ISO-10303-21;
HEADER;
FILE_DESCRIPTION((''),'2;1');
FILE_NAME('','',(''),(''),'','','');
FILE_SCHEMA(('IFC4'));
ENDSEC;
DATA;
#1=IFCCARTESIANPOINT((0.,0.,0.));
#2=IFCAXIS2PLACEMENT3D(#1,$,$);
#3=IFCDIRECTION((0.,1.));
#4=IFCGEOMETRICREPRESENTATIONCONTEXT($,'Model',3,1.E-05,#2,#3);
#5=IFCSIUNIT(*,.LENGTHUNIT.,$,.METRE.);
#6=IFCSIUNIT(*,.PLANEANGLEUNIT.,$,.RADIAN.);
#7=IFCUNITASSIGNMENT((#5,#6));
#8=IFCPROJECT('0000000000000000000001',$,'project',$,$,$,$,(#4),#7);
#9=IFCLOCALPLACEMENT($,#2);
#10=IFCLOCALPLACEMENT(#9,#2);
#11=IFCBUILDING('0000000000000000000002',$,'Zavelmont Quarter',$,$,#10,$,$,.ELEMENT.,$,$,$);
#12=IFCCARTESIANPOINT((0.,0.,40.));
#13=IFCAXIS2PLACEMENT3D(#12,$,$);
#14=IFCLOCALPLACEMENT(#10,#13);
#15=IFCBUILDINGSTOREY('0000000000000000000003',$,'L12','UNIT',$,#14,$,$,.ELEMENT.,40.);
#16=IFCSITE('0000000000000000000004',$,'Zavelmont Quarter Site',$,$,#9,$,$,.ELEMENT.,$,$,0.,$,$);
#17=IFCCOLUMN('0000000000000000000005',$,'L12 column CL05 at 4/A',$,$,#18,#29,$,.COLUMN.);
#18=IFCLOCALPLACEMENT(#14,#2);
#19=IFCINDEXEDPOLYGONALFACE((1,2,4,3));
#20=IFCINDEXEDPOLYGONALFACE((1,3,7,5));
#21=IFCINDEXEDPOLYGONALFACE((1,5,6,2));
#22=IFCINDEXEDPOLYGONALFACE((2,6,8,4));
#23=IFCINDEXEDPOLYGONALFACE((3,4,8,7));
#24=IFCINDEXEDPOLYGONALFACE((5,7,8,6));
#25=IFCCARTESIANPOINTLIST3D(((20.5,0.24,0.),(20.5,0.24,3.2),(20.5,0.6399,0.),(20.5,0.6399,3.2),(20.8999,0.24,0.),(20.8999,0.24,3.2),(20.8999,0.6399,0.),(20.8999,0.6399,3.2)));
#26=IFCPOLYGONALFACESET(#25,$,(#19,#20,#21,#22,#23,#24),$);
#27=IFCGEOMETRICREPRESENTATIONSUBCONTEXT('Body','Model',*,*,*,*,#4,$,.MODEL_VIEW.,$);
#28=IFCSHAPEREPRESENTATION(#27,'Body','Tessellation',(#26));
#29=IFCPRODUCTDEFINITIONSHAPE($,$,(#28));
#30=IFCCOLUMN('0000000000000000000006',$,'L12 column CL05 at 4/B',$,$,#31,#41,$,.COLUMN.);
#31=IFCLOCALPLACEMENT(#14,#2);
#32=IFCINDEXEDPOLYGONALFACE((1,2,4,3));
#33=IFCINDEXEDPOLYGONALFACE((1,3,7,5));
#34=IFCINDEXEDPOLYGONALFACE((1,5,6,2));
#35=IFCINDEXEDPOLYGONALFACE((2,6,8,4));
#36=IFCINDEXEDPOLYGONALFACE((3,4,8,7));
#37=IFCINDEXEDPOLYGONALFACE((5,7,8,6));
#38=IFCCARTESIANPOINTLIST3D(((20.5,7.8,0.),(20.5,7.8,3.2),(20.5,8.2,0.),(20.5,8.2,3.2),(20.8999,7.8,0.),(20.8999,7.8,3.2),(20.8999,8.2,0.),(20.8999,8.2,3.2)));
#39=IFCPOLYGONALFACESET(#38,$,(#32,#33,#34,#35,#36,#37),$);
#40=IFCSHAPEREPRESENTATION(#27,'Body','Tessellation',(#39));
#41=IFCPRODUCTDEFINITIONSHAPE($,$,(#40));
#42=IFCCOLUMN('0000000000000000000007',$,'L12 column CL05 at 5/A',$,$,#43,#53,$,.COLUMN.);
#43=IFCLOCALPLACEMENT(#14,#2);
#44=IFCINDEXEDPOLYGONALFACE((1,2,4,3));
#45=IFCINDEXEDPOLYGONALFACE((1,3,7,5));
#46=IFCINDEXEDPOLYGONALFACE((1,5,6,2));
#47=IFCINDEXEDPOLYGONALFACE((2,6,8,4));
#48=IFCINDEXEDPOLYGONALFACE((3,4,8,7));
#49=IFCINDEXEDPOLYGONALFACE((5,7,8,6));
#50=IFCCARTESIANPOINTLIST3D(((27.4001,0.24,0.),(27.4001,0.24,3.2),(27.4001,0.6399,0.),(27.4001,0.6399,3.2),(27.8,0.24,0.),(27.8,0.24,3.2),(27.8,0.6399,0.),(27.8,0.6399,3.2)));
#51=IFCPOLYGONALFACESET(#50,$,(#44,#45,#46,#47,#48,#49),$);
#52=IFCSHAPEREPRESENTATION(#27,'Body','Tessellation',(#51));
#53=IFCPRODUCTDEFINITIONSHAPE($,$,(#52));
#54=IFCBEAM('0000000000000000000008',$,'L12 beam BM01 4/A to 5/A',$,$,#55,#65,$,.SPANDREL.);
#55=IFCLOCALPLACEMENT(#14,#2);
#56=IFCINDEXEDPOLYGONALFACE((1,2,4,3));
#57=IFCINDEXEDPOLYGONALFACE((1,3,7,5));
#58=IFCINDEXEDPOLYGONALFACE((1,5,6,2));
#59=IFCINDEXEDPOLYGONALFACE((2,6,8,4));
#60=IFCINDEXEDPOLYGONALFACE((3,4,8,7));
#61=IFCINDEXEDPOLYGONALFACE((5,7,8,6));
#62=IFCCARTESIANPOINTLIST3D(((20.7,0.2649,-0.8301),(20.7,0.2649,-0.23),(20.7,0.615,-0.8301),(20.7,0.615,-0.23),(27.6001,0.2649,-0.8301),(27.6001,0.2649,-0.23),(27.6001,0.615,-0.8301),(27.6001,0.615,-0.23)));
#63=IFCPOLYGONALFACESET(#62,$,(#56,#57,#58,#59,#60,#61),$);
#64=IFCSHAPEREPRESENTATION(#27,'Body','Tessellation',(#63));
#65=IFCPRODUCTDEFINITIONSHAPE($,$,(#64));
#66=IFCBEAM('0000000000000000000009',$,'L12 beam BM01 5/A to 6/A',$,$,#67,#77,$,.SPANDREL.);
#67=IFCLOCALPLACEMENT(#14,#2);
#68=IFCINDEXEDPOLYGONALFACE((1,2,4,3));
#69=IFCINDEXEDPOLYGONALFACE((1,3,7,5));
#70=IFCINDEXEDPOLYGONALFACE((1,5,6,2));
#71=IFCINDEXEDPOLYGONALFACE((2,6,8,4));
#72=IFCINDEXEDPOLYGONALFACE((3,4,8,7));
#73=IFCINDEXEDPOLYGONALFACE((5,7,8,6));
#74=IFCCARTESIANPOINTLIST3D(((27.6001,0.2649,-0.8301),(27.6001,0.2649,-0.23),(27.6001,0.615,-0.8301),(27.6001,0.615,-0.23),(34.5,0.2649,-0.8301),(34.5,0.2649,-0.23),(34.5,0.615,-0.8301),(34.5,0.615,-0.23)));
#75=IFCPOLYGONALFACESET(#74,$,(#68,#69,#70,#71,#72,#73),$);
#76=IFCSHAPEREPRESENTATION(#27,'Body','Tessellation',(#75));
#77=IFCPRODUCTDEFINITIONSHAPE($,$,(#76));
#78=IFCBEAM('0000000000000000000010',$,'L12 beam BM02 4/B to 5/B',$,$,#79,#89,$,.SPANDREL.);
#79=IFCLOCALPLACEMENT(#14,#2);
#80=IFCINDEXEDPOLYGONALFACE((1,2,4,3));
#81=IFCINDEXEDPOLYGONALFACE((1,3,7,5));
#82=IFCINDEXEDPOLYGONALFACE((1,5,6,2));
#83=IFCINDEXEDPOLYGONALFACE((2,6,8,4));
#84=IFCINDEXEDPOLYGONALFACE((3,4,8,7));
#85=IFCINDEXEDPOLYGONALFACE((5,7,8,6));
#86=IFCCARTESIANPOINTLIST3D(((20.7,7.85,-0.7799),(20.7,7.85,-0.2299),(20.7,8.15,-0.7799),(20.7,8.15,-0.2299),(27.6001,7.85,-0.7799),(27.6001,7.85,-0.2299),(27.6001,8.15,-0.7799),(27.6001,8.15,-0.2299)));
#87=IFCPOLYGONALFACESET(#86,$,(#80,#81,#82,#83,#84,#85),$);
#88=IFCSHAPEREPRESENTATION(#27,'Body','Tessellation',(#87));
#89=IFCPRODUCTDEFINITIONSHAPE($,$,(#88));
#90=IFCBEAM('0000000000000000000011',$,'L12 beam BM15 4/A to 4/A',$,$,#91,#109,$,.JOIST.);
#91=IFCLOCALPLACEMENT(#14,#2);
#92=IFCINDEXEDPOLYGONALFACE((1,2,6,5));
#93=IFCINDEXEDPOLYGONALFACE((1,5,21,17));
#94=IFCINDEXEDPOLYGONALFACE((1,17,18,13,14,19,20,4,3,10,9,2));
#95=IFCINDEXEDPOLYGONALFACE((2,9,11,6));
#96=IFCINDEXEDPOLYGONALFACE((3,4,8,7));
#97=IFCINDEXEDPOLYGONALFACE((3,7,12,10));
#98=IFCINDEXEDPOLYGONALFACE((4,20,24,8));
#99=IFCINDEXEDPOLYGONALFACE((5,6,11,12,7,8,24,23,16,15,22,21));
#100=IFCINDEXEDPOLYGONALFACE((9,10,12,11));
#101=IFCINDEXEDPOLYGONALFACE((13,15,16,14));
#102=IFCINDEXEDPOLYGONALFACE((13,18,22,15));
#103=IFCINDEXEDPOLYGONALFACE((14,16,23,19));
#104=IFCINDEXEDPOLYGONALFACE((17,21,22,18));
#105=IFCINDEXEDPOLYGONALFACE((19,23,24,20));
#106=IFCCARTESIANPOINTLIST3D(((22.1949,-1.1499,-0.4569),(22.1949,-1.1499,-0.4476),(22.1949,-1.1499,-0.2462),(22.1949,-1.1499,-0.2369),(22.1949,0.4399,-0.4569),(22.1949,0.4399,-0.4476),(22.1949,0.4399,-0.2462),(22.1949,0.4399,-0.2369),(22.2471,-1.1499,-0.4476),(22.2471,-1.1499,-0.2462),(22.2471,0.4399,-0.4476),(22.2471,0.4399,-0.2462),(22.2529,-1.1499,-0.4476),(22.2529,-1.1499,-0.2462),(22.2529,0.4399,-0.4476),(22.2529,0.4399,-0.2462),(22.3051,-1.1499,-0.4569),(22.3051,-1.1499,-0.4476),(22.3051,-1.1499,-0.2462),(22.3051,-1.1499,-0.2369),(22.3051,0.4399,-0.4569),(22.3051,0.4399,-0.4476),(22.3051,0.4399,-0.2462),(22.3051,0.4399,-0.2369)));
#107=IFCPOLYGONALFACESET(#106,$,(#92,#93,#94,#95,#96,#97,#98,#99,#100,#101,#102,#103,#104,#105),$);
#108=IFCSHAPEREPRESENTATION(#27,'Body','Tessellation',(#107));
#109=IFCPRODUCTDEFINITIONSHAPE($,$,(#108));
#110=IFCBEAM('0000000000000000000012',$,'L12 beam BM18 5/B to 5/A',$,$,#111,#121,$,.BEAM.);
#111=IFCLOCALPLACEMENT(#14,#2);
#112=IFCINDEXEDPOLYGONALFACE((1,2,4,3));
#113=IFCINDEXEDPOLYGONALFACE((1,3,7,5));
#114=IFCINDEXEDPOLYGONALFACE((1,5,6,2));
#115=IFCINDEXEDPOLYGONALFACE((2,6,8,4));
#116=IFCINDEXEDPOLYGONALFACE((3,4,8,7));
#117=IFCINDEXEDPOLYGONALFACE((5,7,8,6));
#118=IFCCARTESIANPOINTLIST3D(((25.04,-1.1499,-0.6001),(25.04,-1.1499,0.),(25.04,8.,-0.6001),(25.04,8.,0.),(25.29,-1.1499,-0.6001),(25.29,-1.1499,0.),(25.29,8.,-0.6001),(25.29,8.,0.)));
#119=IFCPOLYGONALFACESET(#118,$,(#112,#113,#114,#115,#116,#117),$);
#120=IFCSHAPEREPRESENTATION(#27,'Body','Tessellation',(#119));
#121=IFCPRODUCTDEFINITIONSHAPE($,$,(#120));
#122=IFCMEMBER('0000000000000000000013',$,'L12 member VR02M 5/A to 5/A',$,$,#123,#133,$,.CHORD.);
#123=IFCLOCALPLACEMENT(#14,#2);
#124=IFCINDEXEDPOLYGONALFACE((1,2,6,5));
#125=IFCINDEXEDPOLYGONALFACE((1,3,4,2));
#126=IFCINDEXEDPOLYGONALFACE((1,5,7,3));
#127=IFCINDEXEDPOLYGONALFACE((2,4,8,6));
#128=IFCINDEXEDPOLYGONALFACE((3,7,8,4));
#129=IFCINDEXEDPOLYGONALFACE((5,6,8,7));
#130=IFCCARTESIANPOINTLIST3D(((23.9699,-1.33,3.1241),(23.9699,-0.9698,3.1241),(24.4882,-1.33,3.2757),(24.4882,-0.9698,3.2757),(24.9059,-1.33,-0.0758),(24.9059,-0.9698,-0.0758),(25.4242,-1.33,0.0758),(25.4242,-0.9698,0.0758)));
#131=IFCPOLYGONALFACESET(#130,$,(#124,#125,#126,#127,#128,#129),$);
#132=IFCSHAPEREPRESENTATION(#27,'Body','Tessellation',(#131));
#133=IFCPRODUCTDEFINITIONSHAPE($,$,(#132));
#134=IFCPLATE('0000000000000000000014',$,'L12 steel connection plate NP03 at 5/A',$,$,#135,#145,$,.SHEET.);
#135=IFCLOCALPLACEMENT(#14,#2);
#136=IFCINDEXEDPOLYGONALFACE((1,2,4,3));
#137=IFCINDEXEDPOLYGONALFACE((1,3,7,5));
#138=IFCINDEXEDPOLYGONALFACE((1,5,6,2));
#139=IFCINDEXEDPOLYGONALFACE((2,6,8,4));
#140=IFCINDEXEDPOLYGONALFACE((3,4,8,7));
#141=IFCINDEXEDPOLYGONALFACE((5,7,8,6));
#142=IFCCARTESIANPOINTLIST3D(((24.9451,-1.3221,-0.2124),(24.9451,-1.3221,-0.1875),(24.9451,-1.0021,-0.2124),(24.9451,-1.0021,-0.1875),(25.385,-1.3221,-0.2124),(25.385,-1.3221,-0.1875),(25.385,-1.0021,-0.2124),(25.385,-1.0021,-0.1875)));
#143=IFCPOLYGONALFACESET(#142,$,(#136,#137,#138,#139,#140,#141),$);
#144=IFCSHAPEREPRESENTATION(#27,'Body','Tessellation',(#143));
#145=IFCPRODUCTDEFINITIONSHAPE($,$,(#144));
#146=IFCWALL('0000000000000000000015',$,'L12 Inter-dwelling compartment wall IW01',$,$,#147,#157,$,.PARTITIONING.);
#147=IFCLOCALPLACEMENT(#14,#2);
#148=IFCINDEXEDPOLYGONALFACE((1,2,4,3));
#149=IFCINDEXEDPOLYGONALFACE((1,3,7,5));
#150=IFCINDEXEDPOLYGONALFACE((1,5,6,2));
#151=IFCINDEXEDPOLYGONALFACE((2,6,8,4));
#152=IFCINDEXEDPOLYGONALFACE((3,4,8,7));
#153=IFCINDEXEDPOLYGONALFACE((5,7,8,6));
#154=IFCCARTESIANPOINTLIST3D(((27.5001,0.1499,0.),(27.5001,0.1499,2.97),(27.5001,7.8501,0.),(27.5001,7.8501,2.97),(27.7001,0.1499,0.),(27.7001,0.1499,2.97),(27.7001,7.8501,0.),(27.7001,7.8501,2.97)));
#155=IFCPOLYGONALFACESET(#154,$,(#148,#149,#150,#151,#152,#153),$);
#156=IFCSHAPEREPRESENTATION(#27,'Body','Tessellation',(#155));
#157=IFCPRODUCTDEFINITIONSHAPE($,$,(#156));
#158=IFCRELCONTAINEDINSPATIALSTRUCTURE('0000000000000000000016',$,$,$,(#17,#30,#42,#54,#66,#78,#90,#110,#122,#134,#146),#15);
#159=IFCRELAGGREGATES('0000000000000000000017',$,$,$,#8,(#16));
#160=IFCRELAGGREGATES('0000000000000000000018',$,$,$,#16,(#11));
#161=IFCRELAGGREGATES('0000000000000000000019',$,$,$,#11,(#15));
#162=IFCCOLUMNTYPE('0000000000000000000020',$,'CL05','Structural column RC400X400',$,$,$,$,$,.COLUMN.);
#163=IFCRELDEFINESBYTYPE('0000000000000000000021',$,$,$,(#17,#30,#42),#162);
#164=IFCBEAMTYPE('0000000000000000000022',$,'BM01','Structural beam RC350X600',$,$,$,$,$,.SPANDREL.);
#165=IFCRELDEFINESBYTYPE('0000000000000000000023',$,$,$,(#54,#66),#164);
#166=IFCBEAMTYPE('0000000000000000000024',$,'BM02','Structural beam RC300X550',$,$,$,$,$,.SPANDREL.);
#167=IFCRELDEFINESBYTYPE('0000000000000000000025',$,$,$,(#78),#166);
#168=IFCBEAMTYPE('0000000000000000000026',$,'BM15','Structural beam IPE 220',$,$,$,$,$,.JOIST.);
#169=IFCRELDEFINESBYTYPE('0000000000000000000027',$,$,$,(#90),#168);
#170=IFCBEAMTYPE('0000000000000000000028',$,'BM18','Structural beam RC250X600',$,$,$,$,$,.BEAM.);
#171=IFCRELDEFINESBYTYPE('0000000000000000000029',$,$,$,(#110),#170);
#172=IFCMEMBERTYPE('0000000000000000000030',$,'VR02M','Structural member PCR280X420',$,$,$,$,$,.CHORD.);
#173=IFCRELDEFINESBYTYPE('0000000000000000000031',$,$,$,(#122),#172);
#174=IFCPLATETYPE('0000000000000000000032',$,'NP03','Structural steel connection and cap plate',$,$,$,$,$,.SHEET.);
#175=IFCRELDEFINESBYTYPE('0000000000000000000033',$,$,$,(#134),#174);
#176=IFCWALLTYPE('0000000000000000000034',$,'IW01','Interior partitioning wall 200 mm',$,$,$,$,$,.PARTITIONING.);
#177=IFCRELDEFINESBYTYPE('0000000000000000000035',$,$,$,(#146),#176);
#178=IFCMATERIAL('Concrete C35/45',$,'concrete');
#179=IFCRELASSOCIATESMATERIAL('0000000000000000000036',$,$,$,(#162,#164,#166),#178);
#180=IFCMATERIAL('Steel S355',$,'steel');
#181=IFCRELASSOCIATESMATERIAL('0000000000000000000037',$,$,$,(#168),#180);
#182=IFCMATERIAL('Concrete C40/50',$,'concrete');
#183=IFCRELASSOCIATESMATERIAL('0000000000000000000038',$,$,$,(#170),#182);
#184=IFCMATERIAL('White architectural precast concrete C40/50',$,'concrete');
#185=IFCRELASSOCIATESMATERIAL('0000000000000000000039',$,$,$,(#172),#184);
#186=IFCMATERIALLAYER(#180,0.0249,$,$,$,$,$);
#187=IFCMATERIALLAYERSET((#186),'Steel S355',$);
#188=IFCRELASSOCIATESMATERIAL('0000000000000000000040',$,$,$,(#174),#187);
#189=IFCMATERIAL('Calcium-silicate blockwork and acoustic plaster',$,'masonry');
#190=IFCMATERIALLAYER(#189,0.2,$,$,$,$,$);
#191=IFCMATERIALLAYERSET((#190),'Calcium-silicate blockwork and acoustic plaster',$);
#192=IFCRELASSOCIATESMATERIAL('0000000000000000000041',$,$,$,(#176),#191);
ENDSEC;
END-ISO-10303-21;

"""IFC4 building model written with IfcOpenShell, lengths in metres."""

from ifc_helpers import new_model, si_unit, direction, frame, frame_2d, origin, origin_2d, place, context, subcontext, project, spatial, rectangle, i_section, extrude, material, layer, layer_set, material_profile, profile_set, type_object, element, save


model = new_model("IFC4")

# Units and contexts
model_context = context("Model", 3, precision=1e-05, world=origin(), true_north=direction((0.0, 1.0)))
body_context = subcontext(model_context, "Body", "Model", "MODEL_VIEW")
ifc_project = project(units=[si_unit("LENGTHUNIT", "METRE"), si_unit("PLANEANGLEUNIT", "RADIAN")], contexts=[model_context])

# Site, building, storey
site_placement = place(None, origin())
site = spatial("IfcSite", under=ifc_project, at=site_placement, Name="Zavelmont Quarter Site", CompositionType="ELEMENT", RefElevation=0.0)
building_placement = place(site_placement, origin())
building = spatial("IfcBuilding", under=site, at=building_placement, Name="Zavelmont Quarter", CompositionType="ELEMENT")
storey_placement = place(building_placement, frame((0.0, 0.0, 40.0)))
storey = spatial("IfcBuildingStorey", under=building, at=storey_placement, Name="L12", Description="UNIT", CompositionType="ELEMENT", Elevation=40.0)

# Columns
ifc_material_1 = material(Name="Concrete C35/45", Category="concrete")
ifc_material_profile_1 = material_profile(ifc_material_1, rectangle(XDim=0.3999, YDim=0.3999, at=origin_2d()), Name="RC400X400")
ifc_profile_set_1 = profile_set([ifc_material_profile_1], Name="Concrete C35/45")
column_type = type_object("IfcColumnType", Name="CL05", Description="Structural column RC400X400", PredefinedType="COLUMN", material=ifc_profile_set_1)
for number, where, z_axis, x_axis, name in (
    (1, (20.7, 0.4399, 0.0), (0.0, 0.0, 1.0), (1.0, 0.0, 0.0), "L12 column CL05 at 4/A"),
    (2, (20.7, 8.0, 0.0), (0.0, 0.0, 1.0), (1.0, 0.0, 0.0), "L12 column CL05 at 4/B"),
    (3, (27.6001, 0.4399, 0.0), (0.0, 0.0, 1.0), (1.0, 0.0, 0.0), "L12 column CL05 at 5/A"),
):
    element("IfcColumn", number, at=place(storey_placement, frame(where, z_axis=z_axis, x_axis=x_axis)), inside=storey, type_object=column_type, Name=name, PredefinedType="COLUMN", context=body_context, shape_type="SweptSolid", body=[
        extrude(rectangle(XDim=0.3999, YDim=0.3999, at=origin_2d()), origin(), (0.0, 0.0, 1.0), 3.2),
    ])

# Beams
ifc_material_profile_2 = material_profile(ifc_material_1, rectangle(XDim=0.3501, YDim=0.6001, at=origin_2d()), Name="RC350X600")
ifc_profile_set_2 = profile_set([ifc_material_profile_2], Name="Concrete C35/45")
beam_type_1 = type_object("IfcBeamType", Name="BM01", Description="Structural beam RC350X600", PredefinedType="SPANDREL", material=ifc_profile_set_2)
beam_1_placement = place(storey_placement, frame((20.7, 0.4399, -0.53), z_axis=(1.0, 0.0, 0.0), x_axis=(0.0, 1.0, 0.0)))
element("IfcBeam", 4, at=beam_1_placement, inside=storey, type_object=beam_type_1, Name="L12 beam BM01 4/A to 5/A", PredefinedType="SPANDREL", context=body_context, shape_type="SweptSolid", body=[
    extrude(rectangle(XDim=0.3501, YDim=0.6001, at=origin_2d()), origin(), (0.0, 0.0, 1.0), 6.9001),
])
beam_2_placement = place(storey_placement, frame((27.6001, 0.4399, -0.53), z_axis=(1.0, 0.0, 0.0), x_axis=(0.0, 1.0, 0.0)))
element("IfcBeam", 5, at=beam_2_placement, inside=storey, type_object=beam_type_1, Name="L12 beam BM01 5/A to 6/A", PredefinedType="SPANDREL", context=body_context, shape_type="SweptSolid", body=[
    extrude(rectangle(XDim=0.3501, YDim=0.6001, at=origin_2d()), origin(), (0.0, 0.0, 1.0), 6.8999),
])
ifc_material_profile_3 = material_profile(ifc_material_1, rectangle(XDim=0.3, YDim=0.55, at=origin_2d()), Name="RC300X550")
ifc_profile_set_3 = profile_set([ifc_material_profile_3], Name="Concrete C35/45")
beam_type_2 = type_object("IfcBeamType", Name="BM02", Description="Structural beam RC300X550", PredefinedType="SPANDREL", material=ifc_profile_set_3)
beam_3_placement = place(storey_placement, frame((20.7, 8.0, -0.5049), z_axis=(1.0, 0.0, 0.0), x_axis=(0.0, 1.0, 0.0)))
element("IfcBeam", 6, at=beam_3_placement, inside=storey, type_object=beam_type_2, Name="L12 beam BM02 4/B to 5/B", PredefinedType="SPANDREL", context=body_context, shape_type="SweptSolid", body=[
    extrude(rectangle(XDim=0.3, YDim=0.55, at=origin_2d()), origin(), (0.0, 0.0, 1.0), 6.9001),
])
ifc_material_2 = material(Name="Steel S355", Category="steel")
ifc_material_profile_4 = material_profile(ifc_material_2, i_section(OverallWidth=0.1101, OverallDepth=0.22, WebThickness=0.0059, FlangeThickness=0.0093, at=origin_2d()), Name="IPE 220")
ifc_profile_set_4 = profile_set([ifc_material_profile_4], Name="Steel S355")
beam_type_3 = type_object("IfcBeamType", Name="BM15", Description="Structural beam IPE 220", PredefinedType="JOIST", material=ifc_profile_set_4)
beam_4_placement = place(storey_placement, frame((22.25, 0.4399, -0.3469), z_axis=(0.0, -1.0, 0.0), x_axis=(1.0, 0.0, 0.0)))
element("IfcBeam", 7, at=beam_4_placement, inside=storey, type_object=beam_type_3, Name="L12 beam BM15 4/A to 4/A", PredefinedType="JOIST", context=body_context, shape_type="SweptSolid", body=[
    extrude(i_section(OverallWidth=0.1101, OverallDepth=0.22, WebThickness=0.0059, FlangeThickness=0.0093, at=origin_2d()), origin(), (0.0, 0.0, 1.0), 1.5898),
])
ifc_material_3 = material(Name="Concrete C40/50", Category="concrete")
ifc_material_profile_5 = material_profile(ifc_material_3, rectangle(XDim=0.25, YDim=0.6001, at=origin_2d()), Name="RC250X600")
ifc_profile_set_5 = profile_set([ifc_material_profile_5], Name="Concrete C40/50")
beam_type_4 = type_object("IfcBeamType", Name="BM18", Description="Structural beam RC250X600", PredefinedType="BEAM", material=ifc_profile_set_5)
beam_5_placement = place(storey_placement, frame((25.165, 8.0, -0.3), z_axis=(0.0, -1.0, 0.0), x_axis=(1.0, 0.0, 0.0)))
element("IfcBeam", 8, at=beam_5_placement, inside=storey, type_object=beam_type_4, Name="L12 beam BM18 5/B to 5/A", PredefinedType="BEAM", context=body_context, shape_type="SweptSolid", body=[
    extrude(rectangle(XDim=0.25, YDim=0.6001, at=origin_2d()), origin(), (0.0, 0.0, 1.0), 9.1499),
])

# Member
ifc_material_4 = material(Name="White architectural precast concrete C40/50", Category="concrete")
ifc_material_profile_6 = material_profile(ifc_material_4, rectangle(XDim=0.3601, YDim=0.54, at=origin_2d()), Name="PCR280X420")
ifc_profile_set_6 = profile_set([ifc_material_profile_6], Name="White architectural precast concrete C40/50")
member_type = type_object("IfcMemberType", Name="VR02M", Description="Structural member PCR280X420", PredefinedType="CHORD", material=ifc_profile_set_6)
member_placement = place(storey_placement, frame((25.165, -1.1499, 0.0), z_axis=(-0.280751, 0.0, 0.959781), x_axis=(0.0, -1.0, 0.0)))
element("IfcMember", 9, at=member_placement, inside=storey, type_object=member_type, Name="L12 member VR02M 5/A to 5/A", PredefinedType="CHORD", context=body_context, shape_type="SweptSolid", body=[
    extrude(rectangle(XDim=0.3601, YDim=0.54, at=origin_2d()), origin(), (0.0, 0.0, 1.0), 3.334),
])

# Plate
ifc_layer_1 = layer(ifc_material_2, 0.0249)
ifc_layer_set_1 = layer_set([ifc_layer_1], Name="Steel S355")
plate_type = type_object("IfcPlateType", Name="NP03", Description="Structural steel connection and cap plate", PredefinedType="SHEET", material=ifc_layer_set_1)
plate_placement = place(storey_placement, frame((25.165, -1.1621, -0.2124), z_axis=(0.0, 0.0, 1.0), x_axis=(1.0, 0.0, 0.0)))
element("IfcPlate", 10, at=plate_placement, inside=storey, type_object=plate_type, Name="L12 steel connection plate NP03 at 5/A", PredefinedType="SHEET", context=body_context, shape_type="SweptSolid", body=[
    extrude(rectangle(XDim=0.4399, YDim=0.3201, at=origin_2d()), origin(), (0.0, 0.0, 1.0), 0.0249),
])

# Wall
ifc_material_5 = material(Name="Calcium-silicate blockwork and acoustic plaster", Category="masonry")
ifc_layer_2 = layer(ifc_material_5, 0.2)
ifc_layer_set_2 = layer_set([ifc_layer_2], Name="Calcium-silicate blockwork and acoustic plaster")
wall_type_1 = type_object("IfcWallType", Name="IW01", Description="Interior partitioning wall 200 mm", PredefinedType="PARTITIONING", material=ifc_layer_set_2)
wall_1_placement = place(storey_placement, frame((27.6001, 7.8501, 0.0), z_axis=(0.0, 0.0, 1.0), x_axis=(0.0, -1.0, 0.0)))
element("IfcWall", 11, at=wall_1_placement, inside=storey, type_object=wall_type_1, Name="L12 Inter-dwelling compartment wall IW01", PredefinedType="PARTITIONING", context=body_context, shape_type="SweptSolid", body=[
    extrude(rectangle(XDim=7.7002, YDim=0.2, at=frame_2d((3.8501, 0.0))), origin(), (0.0, 0.0, 1.0), 2.97),
])

save(model, "model.ifc")
